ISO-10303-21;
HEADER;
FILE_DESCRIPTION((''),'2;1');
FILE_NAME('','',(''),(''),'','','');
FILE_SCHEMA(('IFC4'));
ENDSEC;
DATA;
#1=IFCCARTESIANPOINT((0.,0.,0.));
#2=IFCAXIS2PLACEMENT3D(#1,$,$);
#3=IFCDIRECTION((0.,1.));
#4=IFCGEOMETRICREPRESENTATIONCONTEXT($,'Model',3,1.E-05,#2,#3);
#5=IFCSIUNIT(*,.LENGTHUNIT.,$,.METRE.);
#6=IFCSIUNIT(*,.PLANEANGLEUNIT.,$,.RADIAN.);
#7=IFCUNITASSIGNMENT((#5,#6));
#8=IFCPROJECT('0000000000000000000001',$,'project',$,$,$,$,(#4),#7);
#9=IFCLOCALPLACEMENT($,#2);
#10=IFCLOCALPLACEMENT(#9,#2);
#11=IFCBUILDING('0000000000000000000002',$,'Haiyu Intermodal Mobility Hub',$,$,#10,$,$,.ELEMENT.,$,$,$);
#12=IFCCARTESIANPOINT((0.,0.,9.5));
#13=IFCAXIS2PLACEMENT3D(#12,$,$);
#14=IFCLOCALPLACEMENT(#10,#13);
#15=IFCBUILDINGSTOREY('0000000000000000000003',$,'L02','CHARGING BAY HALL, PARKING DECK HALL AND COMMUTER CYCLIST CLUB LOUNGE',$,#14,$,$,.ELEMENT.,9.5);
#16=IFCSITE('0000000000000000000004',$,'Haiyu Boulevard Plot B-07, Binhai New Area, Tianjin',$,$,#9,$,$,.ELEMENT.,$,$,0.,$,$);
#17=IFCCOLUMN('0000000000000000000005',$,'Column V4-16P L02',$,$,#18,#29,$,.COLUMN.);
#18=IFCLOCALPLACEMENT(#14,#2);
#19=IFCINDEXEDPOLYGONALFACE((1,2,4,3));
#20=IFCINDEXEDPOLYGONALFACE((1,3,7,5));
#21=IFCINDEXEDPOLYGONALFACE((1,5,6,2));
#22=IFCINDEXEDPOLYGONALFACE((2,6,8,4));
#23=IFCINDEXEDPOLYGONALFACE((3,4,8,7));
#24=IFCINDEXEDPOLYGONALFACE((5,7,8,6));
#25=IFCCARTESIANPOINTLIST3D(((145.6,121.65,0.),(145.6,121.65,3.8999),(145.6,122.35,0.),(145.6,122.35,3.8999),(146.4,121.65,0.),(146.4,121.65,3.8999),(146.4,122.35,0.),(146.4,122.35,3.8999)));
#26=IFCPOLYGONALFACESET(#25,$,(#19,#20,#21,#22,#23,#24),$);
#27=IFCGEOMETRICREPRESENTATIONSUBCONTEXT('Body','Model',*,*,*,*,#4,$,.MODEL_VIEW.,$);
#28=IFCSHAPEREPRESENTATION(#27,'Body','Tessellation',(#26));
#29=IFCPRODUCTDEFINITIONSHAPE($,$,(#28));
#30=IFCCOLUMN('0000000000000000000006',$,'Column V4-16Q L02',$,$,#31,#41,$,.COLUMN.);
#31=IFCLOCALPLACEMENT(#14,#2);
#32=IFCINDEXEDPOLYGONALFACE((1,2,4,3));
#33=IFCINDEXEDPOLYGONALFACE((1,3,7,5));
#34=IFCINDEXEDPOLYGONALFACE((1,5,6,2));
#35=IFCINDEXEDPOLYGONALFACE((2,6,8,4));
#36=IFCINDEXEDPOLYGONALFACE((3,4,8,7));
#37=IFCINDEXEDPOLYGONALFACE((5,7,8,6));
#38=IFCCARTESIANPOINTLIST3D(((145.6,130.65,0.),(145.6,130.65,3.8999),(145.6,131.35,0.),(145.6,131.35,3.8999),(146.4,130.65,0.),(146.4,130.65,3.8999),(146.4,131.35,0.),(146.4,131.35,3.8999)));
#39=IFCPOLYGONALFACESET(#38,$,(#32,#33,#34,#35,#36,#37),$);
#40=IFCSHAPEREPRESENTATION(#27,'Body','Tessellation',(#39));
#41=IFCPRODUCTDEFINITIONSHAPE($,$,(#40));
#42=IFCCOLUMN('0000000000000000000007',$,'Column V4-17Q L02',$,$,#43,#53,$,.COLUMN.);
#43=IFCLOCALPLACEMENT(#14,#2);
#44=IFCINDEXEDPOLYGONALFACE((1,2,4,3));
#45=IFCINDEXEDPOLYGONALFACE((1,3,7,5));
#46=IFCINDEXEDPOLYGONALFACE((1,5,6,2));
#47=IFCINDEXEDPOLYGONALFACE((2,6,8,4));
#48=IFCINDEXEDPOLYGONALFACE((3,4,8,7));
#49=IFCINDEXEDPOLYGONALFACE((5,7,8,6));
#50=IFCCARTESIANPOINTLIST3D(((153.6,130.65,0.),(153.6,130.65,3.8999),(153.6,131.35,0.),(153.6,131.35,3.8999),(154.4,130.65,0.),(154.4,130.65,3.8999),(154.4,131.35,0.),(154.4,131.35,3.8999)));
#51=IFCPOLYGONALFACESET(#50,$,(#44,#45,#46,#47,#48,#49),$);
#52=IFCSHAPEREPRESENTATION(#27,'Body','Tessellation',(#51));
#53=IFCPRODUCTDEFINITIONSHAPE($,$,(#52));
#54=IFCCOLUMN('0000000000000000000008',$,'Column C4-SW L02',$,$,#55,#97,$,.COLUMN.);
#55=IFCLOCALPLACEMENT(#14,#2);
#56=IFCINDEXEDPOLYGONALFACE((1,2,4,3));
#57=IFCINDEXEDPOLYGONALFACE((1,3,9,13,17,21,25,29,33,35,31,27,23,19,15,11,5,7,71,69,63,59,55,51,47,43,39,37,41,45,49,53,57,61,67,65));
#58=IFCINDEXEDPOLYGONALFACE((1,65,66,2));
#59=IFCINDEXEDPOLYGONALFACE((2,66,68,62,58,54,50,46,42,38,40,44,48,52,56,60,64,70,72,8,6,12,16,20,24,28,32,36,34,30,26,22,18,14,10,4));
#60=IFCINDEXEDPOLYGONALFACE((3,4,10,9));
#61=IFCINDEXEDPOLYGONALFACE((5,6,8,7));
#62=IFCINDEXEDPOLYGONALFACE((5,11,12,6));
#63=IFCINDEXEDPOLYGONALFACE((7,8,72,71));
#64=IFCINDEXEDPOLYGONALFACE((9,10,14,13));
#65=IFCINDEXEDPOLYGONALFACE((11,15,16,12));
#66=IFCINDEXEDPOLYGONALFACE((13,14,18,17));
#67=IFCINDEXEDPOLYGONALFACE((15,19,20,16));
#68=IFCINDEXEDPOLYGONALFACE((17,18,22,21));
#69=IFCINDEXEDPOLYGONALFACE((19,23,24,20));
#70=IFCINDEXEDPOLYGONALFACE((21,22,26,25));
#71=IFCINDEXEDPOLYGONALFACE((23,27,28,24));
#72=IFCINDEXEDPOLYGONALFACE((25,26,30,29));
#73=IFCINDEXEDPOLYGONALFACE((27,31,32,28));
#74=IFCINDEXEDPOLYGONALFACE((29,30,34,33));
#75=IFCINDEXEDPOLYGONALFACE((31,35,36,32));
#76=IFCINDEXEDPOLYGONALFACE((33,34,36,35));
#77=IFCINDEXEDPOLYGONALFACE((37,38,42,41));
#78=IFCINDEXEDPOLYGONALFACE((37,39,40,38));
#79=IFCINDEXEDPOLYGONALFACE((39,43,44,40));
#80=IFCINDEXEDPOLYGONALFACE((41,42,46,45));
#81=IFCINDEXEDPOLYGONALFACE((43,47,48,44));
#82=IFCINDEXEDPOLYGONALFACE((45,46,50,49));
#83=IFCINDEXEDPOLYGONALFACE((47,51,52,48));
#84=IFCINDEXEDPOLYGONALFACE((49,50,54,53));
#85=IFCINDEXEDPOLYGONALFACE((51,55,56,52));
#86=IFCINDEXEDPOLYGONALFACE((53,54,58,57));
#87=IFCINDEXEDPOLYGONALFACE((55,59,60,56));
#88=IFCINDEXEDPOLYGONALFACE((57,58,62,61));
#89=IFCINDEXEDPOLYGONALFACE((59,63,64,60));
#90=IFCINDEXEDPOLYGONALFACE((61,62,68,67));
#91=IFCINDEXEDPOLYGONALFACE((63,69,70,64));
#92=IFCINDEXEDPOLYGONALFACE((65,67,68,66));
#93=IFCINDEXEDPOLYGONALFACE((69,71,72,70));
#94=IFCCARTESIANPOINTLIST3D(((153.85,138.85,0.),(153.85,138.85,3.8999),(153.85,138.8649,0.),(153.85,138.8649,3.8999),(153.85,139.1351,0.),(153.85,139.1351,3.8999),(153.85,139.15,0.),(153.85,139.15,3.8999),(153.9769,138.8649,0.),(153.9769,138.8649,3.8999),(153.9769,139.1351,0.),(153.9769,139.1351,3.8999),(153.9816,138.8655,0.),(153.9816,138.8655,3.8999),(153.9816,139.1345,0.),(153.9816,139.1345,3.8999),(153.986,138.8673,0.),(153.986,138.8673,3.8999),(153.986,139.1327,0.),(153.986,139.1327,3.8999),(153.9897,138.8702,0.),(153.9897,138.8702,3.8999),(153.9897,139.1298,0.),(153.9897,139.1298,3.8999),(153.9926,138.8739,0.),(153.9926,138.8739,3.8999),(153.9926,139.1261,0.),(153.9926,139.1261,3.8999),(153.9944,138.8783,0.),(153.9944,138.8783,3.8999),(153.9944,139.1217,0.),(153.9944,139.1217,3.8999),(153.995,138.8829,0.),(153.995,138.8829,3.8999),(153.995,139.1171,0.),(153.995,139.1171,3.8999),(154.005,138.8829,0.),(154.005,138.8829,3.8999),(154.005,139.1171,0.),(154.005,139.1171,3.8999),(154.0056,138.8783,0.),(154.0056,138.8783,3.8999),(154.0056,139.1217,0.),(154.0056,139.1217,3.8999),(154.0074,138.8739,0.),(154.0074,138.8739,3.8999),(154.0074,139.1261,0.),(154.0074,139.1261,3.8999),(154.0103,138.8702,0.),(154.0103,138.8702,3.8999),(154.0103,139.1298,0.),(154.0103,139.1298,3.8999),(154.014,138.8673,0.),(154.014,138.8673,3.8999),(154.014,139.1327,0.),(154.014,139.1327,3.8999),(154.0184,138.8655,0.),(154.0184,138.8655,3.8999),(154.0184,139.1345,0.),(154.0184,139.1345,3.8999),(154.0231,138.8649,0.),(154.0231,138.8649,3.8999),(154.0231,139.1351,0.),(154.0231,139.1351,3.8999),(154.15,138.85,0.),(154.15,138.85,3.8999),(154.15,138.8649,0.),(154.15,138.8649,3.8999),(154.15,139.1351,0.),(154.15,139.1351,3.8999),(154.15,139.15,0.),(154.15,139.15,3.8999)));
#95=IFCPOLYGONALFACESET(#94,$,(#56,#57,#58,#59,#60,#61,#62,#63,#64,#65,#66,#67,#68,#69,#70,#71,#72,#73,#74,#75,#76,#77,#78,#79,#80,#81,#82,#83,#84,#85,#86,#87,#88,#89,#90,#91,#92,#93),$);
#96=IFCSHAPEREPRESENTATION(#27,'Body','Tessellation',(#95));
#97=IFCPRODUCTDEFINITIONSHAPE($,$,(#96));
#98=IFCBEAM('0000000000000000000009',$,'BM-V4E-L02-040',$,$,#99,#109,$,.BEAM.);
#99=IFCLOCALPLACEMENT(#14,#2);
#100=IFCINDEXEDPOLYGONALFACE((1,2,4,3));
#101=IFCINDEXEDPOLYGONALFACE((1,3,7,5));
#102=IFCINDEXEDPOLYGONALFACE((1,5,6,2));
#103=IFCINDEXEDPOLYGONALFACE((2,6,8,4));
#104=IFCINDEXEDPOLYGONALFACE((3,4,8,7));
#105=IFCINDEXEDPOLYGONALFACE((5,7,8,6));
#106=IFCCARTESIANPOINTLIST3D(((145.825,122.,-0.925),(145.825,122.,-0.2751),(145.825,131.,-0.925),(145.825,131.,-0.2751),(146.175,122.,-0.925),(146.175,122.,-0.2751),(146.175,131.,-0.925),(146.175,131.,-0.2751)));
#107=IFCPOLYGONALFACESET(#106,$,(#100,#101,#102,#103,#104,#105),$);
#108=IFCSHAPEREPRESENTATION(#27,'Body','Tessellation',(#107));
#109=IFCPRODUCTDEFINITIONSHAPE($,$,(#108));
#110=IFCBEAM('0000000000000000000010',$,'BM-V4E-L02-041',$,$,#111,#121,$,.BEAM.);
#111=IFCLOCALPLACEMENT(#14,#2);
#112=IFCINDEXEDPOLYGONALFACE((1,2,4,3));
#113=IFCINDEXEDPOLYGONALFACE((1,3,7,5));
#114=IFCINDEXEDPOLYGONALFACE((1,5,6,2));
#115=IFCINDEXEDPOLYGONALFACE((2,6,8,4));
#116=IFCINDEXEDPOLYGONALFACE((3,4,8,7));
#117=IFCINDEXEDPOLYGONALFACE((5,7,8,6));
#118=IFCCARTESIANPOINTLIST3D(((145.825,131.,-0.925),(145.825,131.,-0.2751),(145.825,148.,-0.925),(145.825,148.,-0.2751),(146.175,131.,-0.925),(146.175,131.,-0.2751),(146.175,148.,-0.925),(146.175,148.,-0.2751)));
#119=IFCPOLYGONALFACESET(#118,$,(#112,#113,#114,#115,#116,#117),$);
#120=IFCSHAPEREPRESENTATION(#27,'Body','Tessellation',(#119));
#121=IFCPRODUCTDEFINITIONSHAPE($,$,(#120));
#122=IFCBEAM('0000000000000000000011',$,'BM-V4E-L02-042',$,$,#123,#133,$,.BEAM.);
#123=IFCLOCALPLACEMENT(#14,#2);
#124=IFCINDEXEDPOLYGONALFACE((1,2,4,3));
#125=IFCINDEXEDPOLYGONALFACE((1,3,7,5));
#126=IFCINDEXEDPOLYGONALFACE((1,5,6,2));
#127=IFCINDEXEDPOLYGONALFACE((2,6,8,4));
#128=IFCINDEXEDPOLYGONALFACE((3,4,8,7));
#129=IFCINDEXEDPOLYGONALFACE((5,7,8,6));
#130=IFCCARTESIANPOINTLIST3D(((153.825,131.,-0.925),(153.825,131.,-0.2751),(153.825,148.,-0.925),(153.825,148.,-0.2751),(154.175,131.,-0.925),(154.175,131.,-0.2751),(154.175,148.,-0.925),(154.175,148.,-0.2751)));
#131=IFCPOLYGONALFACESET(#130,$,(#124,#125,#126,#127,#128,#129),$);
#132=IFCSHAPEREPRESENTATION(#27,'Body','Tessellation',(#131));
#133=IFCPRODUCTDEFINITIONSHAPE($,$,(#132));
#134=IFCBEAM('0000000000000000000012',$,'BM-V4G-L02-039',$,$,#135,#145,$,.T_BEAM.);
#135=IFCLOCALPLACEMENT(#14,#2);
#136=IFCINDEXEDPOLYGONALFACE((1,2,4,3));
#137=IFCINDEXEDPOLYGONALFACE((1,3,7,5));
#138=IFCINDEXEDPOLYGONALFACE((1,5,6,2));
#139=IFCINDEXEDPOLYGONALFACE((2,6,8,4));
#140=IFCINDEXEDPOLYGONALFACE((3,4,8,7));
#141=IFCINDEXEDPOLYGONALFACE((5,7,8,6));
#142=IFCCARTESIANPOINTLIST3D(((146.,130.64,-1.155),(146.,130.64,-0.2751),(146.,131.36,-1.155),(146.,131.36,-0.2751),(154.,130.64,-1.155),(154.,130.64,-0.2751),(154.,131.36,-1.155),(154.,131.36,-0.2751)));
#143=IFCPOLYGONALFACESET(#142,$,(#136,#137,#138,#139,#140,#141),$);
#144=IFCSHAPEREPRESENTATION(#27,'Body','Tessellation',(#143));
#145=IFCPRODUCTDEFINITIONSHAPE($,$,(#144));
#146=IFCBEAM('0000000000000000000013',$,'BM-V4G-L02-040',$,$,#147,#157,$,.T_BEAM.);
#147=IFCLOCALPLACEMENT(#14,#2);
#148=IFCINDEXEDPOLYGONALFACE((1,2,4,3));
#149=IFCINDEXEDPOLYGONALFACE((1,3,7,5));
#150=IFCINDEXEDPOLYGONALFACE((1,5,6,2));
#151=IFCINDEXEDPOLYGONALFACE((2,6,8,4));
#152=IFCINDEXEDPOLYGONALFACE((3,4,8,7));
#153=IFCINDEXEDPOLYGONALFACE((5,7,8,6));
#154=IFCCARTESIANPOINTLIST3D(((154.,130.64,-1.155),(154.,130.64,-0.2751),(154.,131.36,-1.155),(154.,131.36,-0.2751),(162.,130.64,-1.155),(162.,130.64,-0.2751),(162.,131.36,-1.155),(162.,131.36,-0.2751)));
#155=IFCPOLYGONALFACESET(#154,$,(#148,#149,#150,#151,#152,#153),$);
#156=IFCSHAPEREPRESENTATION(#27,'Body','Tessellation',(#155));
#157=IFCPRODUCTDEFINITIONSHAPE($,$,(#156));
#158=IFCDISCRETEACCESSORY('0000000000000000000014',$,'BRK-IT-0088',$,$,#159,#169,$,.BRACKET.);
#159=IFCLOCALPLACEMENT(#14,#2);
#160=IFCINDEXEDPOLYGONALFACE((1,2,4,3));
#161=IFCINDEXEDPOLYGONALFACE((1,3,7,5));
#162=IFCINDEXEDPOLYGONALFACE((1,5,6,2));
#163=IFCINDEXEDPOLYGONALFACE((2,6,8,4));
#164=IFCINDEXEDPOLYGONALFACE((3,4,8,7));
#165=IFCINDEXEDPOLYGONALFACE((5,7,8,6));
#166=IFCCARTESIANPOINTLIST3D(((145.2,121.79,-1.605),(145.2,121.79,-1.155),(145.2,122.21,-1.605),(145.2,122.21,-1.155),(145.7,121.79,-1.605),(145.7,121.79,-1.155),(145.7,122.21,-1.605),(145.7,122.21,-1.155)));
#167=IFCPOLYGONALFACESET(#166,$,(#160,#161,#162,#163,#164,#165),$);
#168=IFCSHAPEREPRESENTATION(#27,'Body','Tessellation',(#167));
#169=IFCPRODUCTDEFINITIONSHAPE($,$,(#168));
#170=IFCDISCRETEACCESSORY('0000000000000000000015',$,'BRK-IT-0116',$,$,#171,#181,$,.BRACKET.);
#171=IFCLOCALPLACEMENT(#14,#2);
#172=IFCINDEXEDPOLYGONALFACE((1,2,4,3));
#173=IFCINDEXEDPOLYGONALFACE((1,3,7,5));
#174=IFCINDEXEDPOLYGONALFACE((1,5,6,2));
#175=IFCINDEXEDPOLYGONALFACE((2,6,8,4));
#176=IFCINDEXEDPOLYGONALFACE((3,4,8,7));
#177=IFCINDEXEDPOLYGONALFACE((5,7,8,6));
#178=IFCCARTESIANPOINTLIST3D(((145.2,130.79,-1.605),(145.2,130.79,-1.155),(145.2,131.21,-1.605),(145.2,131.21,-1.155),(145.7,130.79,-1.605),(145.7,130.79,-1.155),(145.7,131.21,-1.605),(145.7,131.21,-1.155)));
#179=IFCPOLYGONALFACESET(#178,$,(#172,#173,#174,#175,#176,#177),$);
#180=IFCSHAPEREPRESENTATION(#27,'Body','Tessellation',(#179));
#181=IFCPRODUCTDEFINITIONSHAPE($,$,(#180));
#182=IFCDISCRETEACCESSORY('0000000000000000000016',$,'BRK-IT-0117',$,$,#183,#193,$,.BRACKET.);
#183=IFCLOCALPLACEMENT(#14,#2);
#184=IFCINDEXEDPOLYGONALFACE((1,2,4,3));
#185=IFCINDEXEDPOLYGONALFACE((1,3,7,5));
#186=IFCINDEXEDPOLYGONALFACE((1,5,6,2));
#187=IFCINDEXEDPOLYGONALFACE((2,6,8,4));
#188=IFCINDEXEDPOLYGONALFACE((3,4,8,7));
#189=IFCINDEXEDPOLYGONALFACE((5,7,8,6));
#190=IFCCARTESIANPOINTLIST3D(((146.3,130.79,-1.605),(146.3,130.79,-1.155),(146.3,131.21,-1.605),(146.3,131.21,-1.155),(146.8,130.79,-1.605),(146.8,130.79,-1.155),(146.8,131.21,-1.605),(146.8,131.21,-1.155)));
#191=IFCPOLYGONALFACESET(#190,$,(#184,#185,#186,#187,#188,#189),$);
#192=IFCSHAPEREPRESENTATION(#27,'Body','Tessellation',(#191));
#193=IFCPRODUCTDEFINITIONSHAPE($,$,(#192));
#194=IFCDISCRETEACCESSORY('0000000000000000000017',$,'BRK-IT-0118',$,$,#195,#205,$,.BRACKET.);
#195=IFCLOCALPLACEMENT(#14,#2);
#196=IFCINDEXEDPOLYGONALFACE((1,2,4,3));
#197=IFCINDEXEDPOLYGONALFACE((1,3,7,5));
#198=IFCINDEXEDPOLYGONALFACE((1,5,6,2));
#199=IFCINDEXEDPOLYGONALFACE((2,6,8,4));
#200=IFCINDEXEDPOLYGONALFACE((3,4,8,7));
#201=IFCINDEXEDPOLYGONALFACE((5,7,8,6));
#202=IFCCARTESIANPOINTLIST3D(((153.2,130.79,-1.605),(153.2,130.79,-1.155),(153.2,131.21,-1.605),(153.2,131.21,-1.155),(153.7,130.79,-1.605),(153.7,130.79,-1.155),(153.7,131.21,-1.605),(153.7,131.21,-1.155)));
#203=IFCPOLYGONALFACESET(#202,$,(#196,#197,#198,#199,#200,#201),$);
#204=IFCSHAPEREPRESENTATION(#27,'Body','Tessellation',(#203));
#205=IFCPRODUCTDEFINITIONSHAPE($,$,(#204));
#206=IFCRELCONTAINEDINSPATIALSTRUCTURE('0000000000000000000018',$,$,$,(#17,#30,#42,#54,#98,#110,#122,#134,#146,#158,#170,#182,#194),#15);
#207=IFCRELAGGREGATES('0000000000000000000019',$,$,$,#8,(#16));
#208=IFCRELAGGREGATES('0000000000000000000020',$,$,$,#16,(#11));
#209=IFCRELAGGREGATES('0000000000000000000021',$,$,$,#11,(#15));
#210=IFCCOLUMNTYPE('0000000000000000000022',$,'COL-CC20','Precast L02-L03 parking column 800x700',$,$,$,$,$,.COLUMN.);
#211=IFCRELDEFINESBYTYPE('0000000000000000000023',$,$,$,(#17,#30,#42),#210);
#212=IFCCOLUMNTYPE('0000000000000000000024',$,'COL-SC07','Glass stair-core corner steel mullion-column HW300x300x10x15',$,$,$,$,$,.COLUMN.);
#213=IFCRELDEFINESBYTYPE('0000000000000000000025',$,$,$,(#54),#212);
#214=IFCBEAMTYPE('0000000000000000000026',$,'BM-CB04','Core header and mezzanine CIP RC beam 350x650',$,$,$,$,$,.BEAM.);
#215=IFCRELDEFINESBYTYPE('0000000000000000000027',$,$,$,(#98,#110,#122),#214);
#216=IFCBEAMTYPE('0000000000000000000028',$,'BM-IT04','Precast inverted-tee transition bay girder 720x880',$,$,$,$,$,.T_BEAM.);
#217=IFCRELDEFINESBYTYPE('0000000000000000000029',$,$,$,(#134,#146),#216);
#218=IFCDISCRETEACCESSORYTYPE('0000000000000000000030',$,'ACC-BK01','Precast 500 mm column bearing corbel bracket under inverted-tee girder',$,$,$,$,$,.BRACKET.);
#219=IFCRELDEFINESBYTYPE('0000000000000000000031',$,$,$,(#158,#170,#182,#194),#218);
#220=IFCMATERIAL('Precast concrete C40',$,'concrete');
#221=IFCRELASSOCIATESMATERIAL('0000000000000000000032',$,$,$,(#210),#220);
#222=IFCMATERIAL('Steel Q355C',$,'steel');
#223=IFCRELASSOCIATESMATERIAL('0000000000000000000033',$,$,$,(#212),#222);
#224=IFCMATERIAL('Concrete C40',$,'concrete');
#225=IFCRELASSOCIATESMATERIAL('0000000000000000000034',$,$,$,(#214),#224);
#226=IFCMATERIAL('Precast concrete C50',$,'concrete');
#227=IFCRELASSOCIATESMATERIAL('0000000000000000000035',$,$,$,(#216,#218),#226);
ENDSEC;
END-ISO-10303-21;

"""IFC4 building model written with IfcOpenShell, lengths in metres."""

from ifc_helpers import new_model, si_unit, direction, frame, origin, origin_2d, place, context, subcontext, project, spatial, rectangle, i_section, extrude, material, material_profile, profile_set, type_object, element, save


model = new_model("IFC4")

# Units and contexts
model_context = context("Model", 3, precision=1e-05, world=origin(), true_north=direction((0.0, 1.0)))
body_context = subcontext(model_context, "Body", "Model", "MODEL_VIEW")
ifc_project = project(units=[si_unit("LENGTHUNIT", "METRE"), si_unit("PLANEANGLEUNIT", "RADIAN")], contexts=[model_context])

# Site, building, storey
site_placement = place(None, origin())
site = spatial("IfcSite", under=ifc_project, at=site_placement, Name="Haiyu Boulevard Plot B-07, Binhai New Area, Tianjin", CompositionType="ELEMENT", RefElevation=0.0)
building_placement = place(site_placement, origin())
building = spatial("IfcBuilding", under=site, at=building_placement, Name="Haiyu Intermodal Mobility Hub", CompositionType="ELEMENT")
storey_placement = place(building_placement, frame((0.0, 0.0, 9.5)))
storey = spatial("IfcBuildingStorey", under=building, at=storey_placement, Name="L02", Description="CHARGING BAY HALL, PARKING DECK HALL AND COMMUTER CYCLIST CLUB LOUNGE", CompositionType="ELEMENT", Elevation=9.5)

# Columns
ifc_material_1 = material(Name="Precast concrete C40", Category="concrete")
ifc_material_profile_1 = material_profile(ifc_material_1, rectangle(XDim=0.8, YDim=0.7, at=origin_2d()), Name="C800x700")
ifc_profile_set_1 = profile_set([ifc_material_profile_1], Name="Precast concrete C40")
column_type_1 = type_object("IfcColumnType", Name="COL-CC20", Description="Precast L02-L03 parking column 800x700", PredefinedType="COLUMN", material=ifc_profile_set_1)
for number, where, z_axis, x_axis, name in (
    (1, (146.0, 122.0, 0.0), (0.0, 0.0, 1.0), (1.0, 0.0, 0.0), "Column V4-16P L02"),
    (2, (146.0, 131.0, 0.0), (0.0, 0.0, 1.0), (1.0, 0.0, 0.0), "Column V4-16Q L02"),
    (3, (154.0, 131.0, 0.0), (0.0, 0.0, 1.0), (1.0, 0.0, 0.0), "Column V4-17Q L02"),
):
    element("IfcColumn", number, at=place(storey_placement, frame(where, z_axis=z_axis, x_axis=x_axis)), inside=storey, type_object=column_type_1, Name=name, PredefinedType="COLUMN", context=body_context, shape_type="SweptSolid", body=[
        extrude(rectangle(XDim=0.8, YDim=0.7, at=origin_2d()), origin(), (0.0, 0.0, 1.0), 3.8999),
    ])
ifc_material_2 = material(Name="Steel Q355C", Category="steel")
ifc_material_profile_2 = material_profile(ifc_material_2, i_section(OverallWidth=0.3, OverallDepth=0.3, WebThickness=0.01, FlangeThickness=0.0149, FilletRadius=0.0181, at=origin_2d()), Name="HW300x300x10x15")
ifc_profile_set_2 = profile_set([ifc_material_profile_2], Name="Steel Q355C")
column_type_2 = type_object("IfcColumnType", Name="COL-SC07", Description="Glass stair-core corner steel mullion-column HW300x300x10x15", PredefinedType="COLUMN", material=ifc_profile_set_2)
column_placement = place(storey_placement, frame((154.0, 139.0, 0.0), z_axis=(0.0, 0.0, 1.0), x_axis=(1.0, 0.0, 0.0)))
element("IfcColumn", 4, at=column_placement, inside=storey, type_object=column_type_2, Name="Column C4-SW L02", PredefinedType="COLUMN", context=body_context, shape_type="SweptSolid", body=[
    extrude(i_section(OverallWidth=0.3, OverallDepth=0.3, WebThickness=0.01, FlangeThickness=0.0149, FilletRadius=0.0181, at=origin_2d()), origin(), (0.0, 0.0, 1.0), 3.8999),
])

# Beams
ifc_material_3 = material(Name="Concrete C40", Category="concrete")
ifc_material_profile_3 = material_profile(ifc_material_3, rectangle(XDim=0.3501, YDim=0.6499, at=origin_2d()), Name="RCB350x650")
ifc_profile_set_3 = profile_set([ifc_material_profile_3], Name="Concrete C40")
beam_type_1 = type_object("IfcBeamType", Name="BM-CB04", Description="Core header and mezzanine CIP RC beam 350x650", PredefinedType="BEAM", material=ifc_profile_set_3)
beam_placement = place(storey_placement, frame((146.0, 122.0, -0.6001), z_axis=(0.0, 1.0, 0.0), x_axis=(-1.0, 0.0, 0.0)))
element("IfcBeam", 5, at=beam_placement, inside=storey, type_object=beam_type_1, Name="BM-V4E-L02-040", PredefinedType="BEAM", context=body_context, shape_type="SweptSolid", body=[
    extrude(rectangle(XDim=0.3501, YDim=0.6499, at=origin_2d()), origin(), (0.0, 0.0, 1.0), 9.0),
])
for number, where, z_axis, x_axis, name in (
    (6, (146.0, 131.0, -0.6001), (0.0, 1.0, 0.0), (-1.0, 0.0, 0.0), "BM-V4E-L02-041"),
    (7, (154.0, 131.0, -0.6001), (0.0, 1.0, 0.0), (-1.0, 0.0, 0.0), "BM-V4E-L02-042"),
):
    element("IfcBeam", number, at=place(storey_placement, frame(where, z_axis=z_axis, x_axis=x_axis)), inside=storey, type_object=beam_type_1, Name=name, PredefinedType="BEAM", context=body_context, shape_type="SweptSolid", body=[
        extrude(rectangle(XDim=0.3501, YDim=0.6499, at=origin_2d()), origin(), (0.0, 0.0, 1.0), 17.0),
    ])
ifc_material_4 = material(Name="Precast concrete C50", Category="concrete")
ifc_material_profile_4 = material_profile(ifc_material_4, rectangle(XDim=0.72, YDim=0.8799, at=origin_2d()), Name="B720x880")
ifc_profile_set_4 = profile_set([ifc_material_profile_4], Name="Precast concrete C50")
beam_type_2 = type_object("IfcBeamType", Name="BM-IT04", Description="Precast inverted-tee transition bay girder 720x880", PredefinedType="T_BEAM", material=ifc_profile_set_4)
for number, where, z_axis, x_axis, name in (
    (8, (146.0, 131.0, -0.7151), (1.0, 0.0, 0.0), (0.0, 1.0, 0.0), "BM-V4G-L02-039"),
    (9, (154.0, 131.0, -0.7151), (1.0, 0.0, 0.0), (0.0, 1.0, 0.0), "BM-V4G-L02-040"),
):
    element("IfcBeam", number, at=place(storey_placement, frame(where, z_axis=z_axis, x_axis=x_axis)), inside=storey, type_object=beam_type_2, Name=name, PredefinedType="T_BEAM", context=body_context, shape_type="SweptSolid", body=[
        extrude(rectangle(XDim=0.72, YDim=0.8799, at=origin_2d()), origin(), (0.0, 0.0, 1.0), 8.0),
    ])

# Discrete accessories
discrete_accessory_type_1 = type_object("IfcDiscreteAccessoryType", Name="ACC-BK01", Description="Precast 500 mm column bearing corbel bracket under inverted-tee girder", PredefinedType="BRACKET", material=ifc_material_4)
for number, where, z_axis, x_axis, name in (
    (10, (145.45, 122.0, -1.605), (0.0, 0.0, 1.0), (1.0, 0.0, 0.0), "BRK-IT-0088"),
    (11, (145.45, 131.0, -1.605), (0.0, 0.0, 1.0), (1.0, 0.0, 0.0), "BRK-IT-0116"),
    (12, (146.55, 131.0, -1.605), (0.0, 0.0, 1.0), (1.0, 0.0, 0.0), "BRK-IT-0117"),
    (13, (153.45, 131.0, -1.605), (0.0, 0.0, 1.0), (1.0, 0.0, 0.0), "BRK-IT-0118"),
):
    element("IfcDiscreteAccessory", number, at=place(storey_placement, frame(where, z_axis=z_axis, x_axis=x_axis)), inside=storey, type_object=discrete_accessory_type_1, Name=name, PredefinedType="BRACKET", context=body_context, shape_type="SweptSolid", body=[
        extrude(rectangle(XDim=0.5, YDim=0.4199, at=origin_2d()), origin(), (0.0, 0.0, 1.0), 0.45),
    ])

save(model, "model.ifc")
